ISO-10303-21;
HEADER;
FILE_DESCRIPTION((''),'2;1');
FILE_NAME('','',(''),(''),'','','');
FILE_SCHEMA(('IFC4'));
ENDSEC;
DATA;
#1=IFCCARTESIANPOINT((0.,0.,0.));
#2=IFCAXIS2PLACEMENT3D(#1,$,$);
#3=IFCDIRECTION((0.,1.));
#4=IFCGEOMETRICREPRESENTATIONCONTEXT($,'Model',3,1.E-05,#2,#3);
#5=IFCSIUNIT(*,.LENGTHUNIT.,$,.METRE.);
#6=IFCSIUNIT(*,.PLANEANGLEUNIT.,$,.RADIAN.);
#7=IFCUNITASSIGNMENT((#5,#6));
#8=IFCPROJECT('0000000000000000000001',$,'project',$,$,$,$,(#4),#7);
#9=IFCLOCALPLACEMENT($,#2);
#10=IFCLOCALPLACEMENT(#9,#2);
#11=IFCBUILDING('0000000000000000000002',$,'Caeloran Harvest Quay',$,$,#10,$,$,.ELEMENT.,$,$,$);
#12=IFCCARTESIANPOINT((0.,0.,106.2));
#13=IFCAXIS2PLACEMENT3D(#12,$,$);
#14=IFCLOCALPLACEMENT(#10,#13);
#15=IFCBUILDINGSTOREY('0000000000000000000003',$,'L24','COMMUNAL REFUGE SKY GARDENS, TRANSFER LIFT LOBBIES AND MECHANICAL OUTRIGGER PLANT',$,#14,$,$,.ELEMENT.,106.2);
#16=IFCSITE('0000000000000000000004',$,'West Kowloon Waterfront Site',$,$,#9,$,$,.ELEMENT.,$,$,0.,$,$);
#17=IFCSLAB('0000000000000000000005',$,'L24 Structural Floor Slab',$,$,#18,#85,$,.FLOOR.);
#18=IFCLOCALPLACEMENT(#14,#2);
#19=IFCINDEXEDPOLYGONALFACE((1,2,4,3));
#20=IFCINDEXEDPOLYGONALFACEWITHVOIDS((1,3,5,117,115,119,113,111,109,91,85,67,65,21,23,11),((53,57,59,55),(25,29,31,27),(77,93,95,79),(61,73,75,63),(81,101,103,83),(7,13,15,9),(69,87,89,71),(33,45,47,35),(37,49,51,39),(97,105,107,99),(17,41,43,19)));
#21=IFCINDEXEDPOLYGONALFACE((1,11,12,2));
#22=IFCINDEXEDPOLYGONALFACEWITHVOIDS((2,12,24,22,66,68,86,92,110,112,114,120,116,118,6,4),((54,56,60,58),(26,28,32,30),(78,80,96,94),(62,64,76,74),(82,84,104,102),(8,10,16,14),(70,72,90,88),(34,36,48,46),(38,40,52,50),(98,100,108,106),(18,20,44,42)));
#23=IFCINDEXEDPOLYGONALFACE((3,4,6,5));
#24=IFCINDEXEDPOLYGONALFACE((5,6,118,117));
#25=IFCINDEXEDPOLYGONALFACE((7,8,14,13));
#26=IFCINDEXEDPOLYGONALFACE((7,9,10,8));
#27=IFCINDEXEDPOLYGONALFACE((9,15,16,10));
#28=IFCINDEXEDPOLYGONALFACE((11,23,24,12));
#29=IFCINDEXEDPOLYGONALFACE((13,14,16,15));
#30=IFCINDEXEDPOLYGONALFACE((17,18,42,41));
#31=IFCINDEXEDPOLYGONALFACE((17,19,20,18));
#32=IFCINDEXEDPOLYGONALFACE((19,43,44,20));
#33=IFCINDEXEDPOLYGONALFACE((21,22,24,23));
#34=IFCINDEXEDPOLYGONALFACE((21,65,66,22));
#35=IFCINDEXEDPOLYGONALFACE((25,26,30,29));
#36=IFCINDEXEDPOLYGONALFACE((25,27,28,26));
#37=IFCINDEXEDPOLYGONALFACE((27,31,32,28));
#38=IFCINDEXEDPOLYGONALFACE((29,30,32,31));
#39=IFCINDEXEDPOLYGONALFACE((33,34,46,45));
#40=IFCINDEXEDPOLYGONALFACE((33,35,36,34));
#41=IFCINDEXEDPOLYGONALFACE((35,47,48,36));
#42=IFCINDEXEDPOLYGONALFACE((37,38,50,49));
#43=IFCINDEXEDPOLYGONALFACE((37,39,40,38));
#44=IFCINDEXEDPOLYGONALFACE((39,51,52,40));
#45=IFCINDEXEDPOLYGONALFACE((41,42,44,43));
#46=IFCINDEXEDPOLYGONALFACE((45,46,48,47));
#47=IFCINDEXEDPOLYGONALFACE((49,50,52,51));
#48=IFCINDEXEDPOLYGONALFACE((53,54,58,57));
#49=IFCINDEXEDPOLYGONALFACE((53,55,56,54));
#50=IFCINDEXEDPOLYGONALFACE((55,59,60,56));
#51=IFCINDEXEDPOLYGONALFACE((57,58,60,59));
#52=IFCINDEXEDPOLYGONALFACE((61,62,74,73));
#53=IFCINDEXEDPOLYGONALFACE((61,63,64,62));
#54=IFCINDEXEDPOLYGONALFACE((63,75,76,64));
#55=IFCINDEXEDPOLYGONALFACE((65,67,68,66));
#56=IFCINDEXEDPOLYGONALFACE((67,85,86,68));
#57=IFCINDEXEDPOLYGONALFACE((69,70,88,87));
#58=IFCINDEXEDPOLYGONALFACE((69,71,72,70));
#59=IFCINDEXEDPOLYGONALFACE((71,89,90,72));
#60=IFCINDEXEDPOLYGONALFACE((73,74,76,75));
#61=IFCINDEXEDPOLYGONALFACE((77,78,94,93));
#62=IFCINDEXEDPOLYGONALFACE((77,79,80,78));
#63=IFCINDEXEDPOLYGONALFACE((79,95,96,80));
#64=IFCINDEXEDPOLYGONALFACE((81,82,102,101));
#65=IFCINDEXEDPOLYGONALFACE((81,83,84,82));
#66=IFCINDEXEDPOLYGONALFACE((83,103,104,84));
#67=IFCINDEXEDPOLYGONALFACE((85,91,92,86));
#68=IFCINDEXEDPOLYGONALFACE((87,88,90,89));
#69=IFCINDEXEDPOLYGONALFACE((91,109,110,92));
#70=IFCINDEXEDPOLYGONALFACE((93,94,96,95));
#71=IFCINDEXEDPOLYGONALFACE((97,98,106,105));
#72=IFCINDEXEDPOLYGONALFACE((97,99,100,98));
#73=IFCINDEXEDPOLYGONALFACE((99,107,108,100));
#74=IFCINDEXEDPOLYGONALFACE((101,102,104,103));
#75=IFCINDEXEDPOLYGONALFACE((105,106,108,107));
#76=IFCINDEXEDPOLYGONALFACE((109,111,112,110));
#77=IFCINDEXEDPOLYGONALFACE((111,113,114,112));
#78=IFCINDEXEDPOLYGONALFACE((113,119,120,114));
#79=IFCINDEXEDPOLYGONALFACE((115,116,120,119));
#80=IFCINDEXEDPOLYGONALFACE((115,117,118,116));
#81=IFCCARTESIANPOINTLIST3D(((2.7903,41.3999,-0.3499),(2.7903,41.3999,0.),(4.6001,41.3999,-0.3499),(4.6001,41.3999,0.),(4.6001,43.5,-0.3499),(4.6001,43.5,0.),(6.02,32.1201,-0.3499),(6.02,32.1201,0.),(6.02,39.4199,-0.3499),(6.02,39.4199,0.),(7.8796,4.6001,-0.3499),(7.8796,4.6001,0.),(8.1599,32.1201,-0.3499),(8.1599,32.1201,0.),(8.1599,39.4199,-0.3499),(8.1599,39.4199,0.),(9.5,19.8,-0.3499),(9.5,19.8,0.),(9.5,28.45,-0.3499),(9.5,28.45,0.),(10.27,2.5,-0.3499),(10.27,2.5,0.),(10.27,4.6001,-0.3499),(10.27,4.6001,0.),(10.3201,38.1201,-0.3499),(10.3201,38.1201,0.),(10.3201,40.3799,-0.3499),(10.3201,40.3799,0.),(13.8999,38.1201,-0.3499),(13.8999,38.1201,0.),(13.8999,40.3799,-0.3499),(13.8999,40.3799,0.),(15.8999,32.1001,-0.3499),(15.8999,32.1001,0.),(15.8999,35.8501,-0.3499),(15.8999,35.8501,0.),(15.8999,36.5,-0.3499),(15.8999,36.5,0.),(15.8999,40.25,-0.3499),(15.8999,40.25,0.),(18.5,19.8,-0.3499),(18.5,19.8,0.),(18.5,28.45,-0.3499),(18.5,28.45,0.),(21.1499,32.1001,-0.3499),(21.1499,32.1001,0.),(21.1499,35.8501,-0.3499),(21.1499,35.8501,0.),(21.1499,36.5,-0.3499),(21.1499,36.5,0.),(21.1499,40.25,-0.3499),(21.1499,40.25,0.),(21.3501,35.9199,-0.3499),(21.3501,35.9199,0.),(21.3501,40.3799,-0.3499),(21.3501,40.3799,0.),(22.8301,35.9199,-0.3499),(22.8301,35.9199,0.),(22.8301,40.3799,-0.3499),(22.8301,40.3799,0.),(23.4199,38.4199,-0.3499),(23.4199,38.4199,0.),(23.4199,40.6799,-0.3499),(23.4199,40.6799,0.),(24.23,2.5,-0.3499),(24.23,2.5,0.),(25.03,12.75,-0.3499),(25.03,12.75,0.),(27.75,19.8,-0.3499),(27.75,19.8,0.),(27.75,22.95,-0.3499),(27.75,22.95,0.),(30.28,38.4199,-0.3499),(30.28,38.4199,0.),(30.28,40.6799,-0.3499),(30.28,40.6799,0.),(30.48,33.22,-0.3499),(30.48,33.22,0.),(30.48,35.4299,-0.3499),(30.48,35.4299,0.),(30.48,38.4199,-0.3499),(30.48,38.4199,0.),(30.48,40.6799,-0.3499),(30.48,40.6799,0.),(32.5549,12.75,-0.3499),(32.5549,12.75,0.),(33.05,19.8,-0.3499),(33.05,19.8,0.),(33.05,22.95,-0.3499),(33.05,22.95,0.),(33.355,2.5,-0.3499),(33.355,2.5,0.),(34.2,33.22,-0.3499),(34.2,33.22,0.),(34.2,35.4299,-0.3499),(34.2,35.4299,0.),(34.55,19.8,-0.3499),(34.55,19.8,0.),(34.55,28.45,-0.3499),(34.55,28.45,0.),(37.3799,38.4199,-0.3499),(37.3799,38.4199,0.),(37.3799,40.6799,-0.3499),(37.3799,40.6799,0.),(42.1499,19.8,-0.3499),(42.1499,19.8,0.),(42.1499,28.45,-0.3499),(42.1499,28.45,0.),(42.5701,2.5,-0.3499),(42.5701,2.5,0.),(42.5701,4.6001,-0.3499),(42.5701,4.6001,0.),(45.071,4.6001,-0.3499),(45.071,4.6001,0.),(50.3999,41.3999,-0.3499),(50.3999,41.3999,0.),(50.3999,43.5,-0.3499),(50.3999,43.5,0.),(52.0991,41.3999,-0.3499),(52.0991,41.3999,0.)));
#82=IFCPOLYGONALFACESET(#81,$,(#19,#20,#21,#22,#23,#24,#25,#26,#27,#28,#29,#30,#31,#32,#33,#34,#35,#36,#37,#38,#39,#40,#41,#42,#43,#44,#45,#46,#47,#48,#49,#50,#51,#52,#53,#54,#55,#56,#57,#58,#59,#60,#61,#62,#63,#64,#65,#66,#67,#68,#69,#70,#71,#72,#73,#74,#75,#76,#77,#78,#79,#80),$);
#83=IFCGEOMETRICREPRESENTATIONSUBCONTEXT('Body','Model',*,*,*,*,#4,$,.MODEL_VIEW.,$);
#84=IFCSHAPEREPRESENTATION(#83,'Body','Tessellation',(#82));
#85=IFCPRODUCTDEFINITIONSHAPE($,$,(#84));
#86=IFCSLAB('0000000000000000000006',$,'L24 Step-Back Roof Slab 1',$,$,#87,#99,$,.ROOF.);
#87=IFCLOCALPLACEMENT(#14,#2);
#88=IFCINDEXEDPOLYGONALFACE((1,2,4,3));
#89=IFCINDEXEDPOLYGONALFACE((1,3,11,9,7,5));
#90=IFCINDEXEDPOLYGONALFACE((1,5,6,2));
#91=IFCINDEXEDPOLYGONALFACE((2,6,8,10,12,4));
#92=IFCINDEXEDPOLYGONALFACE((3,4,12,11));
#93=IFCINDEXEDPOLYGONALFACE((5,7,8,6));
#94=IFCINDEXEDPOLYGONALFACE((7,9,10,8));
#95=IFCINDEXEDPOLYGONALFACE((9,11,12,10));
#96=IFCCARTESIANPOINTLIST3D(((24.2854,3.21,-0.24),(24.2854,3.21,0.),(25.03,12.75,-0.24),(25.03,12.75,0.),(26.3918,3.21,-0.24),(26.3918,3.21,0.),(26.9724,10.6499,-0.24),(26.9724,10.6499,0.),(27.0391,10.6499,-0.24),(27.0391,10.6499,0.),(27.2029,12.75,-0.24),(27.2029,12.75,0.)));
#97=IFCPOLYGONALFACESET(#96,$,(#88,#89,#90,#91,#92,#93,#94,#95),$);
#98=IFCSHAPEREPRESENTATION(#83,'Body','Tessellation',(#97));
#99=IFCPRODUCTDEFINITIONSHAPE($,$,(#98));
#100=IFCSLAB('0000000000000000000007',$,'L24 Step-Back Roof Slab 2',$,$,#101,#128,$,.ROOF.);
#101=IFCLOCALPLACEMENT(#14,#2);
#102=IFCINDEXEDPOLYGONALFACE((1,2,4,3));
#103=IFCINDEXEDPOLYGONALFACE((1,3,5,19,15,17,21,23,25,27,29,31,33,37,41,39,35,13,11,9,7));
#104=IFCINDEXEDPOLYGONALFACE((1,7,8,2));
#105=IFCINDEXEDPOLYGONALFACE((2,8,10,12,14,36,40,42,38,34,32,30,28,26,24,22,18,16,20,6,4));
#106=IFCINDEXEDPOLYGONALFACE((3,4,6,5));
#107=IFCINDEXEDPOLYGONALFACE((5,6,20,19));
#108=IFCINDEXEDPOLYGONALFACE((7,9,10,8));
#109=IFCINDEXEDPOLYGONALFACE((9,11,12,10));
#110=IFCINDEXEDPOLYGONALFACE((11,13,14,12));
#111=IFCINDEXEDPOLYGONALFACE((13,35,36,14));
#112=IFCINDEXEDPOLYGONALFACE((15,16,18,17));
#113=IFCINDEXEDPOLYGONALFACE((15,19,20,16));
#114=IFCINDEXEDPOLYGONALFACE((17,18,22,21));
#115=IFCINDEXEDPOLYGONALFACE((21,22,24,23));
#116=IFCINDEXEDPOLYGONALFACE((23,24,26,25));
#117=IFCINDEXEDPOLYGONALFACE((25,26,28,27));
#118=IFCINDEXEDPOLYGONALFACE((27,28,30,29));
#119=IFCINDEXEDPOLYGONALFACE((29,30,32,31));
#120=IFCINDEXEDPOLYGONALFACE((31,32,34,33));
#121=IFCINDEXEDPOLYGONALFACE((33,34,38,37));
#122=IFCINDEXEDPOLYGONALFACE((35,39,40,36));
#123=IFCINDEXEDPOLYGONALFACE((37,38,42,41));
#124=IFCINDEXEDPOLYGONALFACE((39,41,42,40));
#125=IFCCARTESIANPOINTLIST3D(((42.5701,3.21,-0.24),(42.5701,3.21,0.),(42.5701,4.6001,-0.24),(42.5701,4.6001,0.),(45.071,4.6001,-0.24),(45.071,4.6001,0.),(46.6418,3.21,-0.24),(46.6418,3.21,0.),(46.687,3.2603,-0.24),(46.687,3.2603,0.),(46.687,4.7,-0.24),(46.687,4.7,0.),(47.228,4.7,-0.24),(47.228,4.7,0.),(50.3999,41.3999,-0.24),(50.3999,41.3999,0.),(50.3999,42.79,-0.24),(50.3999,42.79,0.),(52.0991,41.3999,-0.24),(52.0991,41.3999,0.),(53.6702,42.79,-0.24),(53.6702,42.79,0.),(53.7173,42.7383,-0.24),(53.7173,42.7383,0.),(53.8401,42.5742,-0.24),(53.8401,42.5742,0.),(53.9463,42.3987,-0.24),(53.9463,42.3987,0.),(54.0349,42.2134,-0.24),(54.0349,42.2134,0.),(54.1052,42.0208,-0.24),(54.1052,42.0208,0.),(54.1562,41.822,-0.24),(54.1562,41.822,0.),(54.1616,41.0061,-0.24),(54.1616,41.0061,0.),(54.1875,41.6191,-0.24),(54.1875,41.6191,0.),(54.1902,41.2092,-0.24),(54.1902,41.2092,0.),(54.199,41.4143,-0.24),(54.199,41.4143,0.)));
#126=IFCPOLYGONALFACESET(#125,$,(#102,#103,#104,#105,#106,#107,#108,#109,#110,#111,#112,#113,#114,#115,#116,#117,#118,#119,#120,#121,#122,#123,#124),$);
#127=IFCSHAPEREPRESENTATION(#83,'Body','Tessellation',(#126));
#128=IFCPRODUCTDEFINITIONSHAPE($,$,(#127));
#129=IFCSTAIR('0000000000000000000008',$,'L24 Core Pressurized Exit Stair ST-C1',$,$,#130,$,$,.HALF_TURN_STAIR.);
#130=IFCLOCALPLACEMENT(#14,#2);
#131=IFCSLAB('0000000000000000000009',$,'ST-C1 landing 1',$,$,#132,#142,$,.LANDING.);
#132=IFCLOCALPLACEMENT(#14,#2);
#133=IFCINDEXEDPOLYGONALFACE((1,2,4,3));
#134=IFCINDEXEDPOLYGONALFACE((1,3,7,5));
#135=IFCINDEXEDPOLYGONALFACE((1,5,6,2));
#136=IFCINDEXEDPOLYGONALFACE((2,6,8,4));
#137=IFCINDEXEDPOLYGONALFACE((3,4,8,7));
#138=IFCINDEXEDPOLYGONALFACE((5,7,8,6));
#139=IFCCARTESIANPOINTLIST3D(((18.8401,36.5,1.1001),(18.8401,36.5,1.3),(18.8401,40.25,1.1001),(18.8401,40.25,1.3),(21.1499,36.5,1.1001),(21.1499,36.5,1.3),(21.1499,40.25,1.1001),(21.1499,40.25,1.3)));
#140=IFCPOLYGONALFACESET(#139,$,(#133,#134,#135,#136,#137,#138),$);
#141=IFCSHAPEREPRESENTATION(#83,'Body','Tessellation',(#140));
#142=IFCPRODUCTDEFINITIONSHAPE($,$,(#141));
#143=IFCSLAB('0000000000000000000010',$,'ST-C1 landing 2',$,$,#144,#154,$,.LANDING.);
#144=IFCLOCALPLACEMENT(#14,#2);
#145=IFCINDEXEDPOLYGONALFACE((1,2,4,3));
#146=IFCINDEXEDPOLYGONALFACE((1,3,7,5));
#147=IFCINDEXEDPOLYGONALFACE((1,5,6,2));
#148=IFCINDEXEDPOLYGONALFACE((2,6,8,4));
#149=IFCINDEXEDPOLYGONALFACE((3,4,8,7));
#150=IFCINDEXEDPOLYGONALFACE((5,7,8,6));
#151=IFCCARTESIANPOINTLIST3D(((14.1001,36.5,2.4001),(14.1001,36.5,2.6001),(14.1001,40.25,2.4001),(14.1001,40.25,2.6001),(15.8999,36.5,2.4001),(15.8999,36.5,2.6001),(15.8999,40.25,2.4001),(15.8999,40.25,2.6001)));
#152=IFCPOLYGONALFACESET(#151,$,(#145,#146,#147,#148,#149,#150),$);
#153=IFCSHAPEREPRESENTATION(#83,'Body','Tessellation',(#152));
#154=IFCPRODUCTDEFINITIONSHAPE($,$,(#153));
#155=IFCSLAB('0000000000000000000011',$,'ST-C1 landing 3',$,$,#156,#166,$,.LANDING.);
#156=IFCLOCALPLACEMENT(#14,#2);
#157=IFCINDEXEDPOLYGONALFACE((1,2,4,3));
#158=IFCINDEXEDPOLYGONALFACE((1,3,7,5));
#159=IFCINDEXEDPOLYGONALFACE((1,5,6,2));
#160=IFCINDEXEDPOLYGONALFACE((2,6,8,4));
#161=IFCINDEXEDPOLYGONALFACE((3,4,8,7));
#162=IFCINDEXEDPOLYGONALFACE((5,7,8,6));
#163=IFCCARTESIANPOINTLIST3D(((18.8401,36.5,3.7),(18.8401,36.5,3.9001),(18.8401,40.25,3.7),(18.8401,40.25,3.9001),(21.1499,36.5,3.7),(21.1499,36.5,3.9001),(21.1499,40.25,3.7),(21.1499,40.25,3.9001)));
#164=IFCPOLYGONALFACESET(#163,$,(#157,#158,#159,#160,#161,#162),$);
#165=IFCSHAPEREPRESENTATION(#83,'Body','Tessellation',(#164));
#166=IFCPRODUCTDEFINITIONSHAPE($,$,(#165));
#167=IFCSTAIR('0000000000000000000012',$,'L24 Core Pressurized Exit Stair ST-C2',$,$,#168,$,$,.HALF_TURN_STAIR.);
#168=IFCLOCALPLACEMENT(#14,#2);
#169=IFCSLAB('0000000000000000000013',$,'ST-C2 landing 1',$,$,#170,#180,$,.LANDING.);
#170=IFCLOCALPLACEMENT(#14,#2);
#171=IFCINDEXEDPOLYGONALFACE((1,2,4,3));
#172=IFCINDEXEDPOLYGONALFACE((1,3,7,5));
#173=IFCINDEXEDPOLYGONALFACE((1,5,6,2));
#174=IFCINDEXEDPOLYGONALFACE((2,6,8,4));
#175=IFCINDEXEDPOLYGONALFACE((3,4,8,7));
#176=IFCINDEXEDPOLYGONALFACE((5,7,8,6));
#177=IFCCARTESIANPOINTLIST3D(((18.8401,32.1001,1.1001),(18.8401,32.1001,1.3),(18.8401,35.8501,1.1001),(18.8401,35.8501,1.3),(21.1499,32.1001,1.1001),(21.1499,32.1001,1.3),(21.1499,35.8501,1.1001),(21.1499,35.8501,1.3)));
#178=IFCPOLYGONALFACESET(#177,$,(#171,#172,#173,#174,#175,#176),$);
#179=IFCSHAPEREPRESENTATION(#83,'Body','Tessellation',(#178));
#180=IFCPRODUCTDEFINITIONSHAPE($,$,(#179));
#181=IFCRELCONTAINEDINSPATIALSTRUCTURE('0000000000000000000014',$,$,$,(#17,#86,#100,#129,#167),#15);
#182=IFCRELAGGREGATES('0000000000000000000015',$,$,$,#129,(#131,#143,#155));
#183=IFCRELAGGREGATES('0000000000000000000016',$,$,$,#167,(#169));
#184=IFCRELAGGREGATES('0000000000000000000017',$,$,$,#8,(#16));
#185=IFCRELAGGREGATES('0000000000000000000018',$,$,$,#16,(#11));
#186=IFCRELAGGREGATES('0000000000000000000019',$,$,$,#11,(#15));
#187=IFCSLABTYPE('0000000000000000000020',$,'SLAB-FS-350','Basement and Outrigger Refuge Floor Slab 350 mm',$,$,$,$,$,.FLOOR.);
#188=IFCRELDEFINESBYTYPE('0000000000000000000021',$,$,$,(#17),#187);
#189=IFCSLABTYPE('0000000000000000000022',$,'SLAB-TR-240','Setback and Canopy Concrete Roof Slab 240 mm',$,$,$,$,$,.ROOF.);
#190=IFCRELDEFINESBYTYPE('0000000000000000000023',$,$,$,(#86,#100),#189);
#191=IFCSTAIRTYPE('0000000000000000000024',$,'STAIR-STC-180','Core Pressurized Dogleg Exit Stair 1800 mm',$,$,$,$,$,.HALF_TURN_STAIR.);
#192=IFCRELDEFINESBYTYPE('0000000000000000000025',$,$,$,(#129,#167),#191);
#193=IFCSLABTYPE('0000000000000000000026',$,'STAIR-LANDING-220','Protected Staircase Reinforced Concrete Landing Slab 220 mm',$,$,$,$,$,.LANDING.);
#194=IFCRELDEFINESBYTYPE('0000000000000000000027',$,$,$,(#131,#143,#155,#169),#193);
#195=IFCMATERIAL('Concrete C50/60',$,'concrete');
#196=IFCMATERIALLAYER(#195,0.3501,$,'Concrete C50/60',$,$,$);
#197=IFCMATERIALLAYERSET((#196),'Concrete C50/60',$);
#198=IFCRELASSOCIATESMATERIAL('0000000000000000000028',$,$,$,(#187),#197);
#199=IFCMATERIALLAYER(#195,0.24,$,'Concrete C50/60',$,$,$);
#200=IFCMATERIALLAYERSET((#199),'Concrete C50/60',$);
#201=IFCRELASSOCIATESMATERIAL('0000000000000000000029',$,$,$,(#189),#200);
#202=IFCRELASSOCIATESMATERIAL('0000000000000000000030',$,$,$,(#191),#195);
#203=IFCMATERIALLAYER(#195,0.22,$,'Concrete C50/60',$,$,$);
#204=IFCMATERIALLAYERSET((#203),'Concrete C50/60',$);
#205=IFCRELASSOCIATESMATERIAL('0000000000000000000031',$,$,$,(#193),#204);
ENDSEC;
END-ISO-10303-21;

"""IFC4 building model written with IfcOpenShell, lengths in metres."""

from ifc_helpers import new_model, si_unit, direction, frame, origin, place, context, subcontext, project, spatial, polyline, outline, extrude, material, layer, layer_set, type_object, element, aggregate, save


model = new_model("IFC4")

# Units and contexts
model_context = context("Model", 3, precision=1e-05, world=origin(), true_north=direction((0.0, 1.0)))
body_context = subcontext(model_context, "Body", "Model", "MODEL_VIEW")
ifc_project = project(units=[si_unit("LENGTHUNIT", "METRE"), si_unit("PLANEANGLEUNIT", "RADIAN")], contexts=[model_context])

# Site, building, storey
site_placement = place(None, origin())
site = spatial("IfcSite", under=ifc_project, at=site_placement, Name="West Kowloon Waterfront Site", CompositionType="ELEMENT", RefElevation=0.0)
building_placement = place(site_placement, origin())
building = spatial("IfcBuilding", under=site, at=building_placement, Name="Caeloran Harvest Quay", CompositionType="ELEMENT")
storey_placement = place(building_placement, frame((0.0, 0.0, 106.2)))
storey = spatial("IfcBuildingStorey", under=building, at=storey_placement, Name="L24", Description="COMMUNAL REFUGE SKY GARDENS, TRANSFER LIFT LOBBIES AND MECHANICAL OUTRIGGER PLANT", CompositionType="ELEMENT", Elevation=106.2)

# Slabs
ifc_material_1 = material(Name="Concrete C50/60", Category="concrete")
ifc_layer_1 = layer(ifc_material_1, 0.3501, Name="Concrete C50/60")
ifc_layer_set_1 = layer_set([ifc_layer_1], Name="Concrete C50/60")
slab_type_1 = type_object("IfcSlabType", Name="SLAB-FS-350", Description="Basement and Outrigger Refuge Floor Slab 350 mm", PredefinedType="FLOOR", material=ifc_layer_set_1)
slab_1_placement = place(storey_placement, frame((0.0, 0.0, -0.3499)))
element("IfcSlab", 1, at=slab_1_placement, inside=storey, type_object=slab_type_1, Name="L24 Structural Floor Slab", PredefinedType="FLOOR", context=body_context, shape_type="SweptSolid", body=[
    extrude(outline(polyline([(10.27, 2.5), (24.23, 2.5), (25.03, 12.75), (32.5549, 12.75), (33.355, 2.5), (42.5701, 2.5), (42.5701, 4.6001), (45.071, 4.6001), (52.0991, 41.3999), (50.3999, 41.3999), (50.3999, 43.5), (4.6001, 43.5), (4.6001, 41.3999), (2.7903, 41.3999), (7.8796, 4.6001), (10.27, 4.6001), (10.27, 2.5)]), holes=[polyline([(18.5, 19.8), (9.5, 19.8), (9.5, 28.45), (18.5, 28.45), (18.5, 19.8)]), polyline([(15.8999, 32.1001), (15.8999, 35.8501), (21.1499, 35.8501), (21.1499, 32.1001), (15.8999, 32.1001)]), polyline([(8.1599, 32.1201), (6.02, 32.1201), (6.02, 39.4199), (8.1599, 39.4199), (8.1599, 32.1201)]), polyline([(21.3501, 35.9199), (21.3501, 40.3799), (22.8301, 40.3799), (22.8301, 35.9199), (21.3501, 35.9199)]), polyline([(15.8999, 40.25), (21.1499, 40.25), (21.1499, 36.5), (15.8999, 36.5), (15.8999, 40.25)]), polyline([(13.8999, 38.1201), (10.3201, 38.1201), (10.3201, 40.3799), (13.8999, 40.3799), (13.8999, 38.1201)]), polyline([(27.75, 22.95), (33.05, 22.95), (33.05, 19.8), (27.75, 19.8), (27.75, 22.95)]), polyline([(34.55, 19.8), (34.55, 28.45), (42.1499, 28.45), (42.1499, 19.8), (34.55, 19.8)]), polyline([(34.2, 33.22), (30.48, 33.22), (30.48, 35.4299), (34.2, 35.4299), (34.2, 33.22)]), polyline([(23.4199, 38.4199), (23.4199, 40.6799), (30.28, 40.6799), (30.28, 38.4199), (23.4199, 38.4199)]), polyline([(30.48, 38.4199), (30.48, 40.6799), (37.3799, 40.6799), (37.3799, 38.4199), (30.48, 38.4199)])]), origin(), (0.0, 0.0, 1.0), 0.3499),
])
ifc_layer_2 = layer(ifc_material_1, 0.24, Name="Concrete C50/60")
ifc_layer_set_2 = layer_set([ifc_layer_2], Name="Concrete C50/60")
slab_type_2 = type_object("IfcSlabType", Name="SLAB-TR-240", Description="Setback and Canopy Concrete Roof Slab 240 mm", PredefinedType="ROOF", material=ifc_layer_set_2)
slab_2_placement = place(storey_placement, frame((0.0, 0.0, -0.24)))
element("IfcSlab", 2, at=slab_2_placement, inside=storey, type_object=slab_type_2, Name="L24 Step-Back Roof Slab 1", PredefinedType="ROOF", context=body_context, shape_type="SweptSolid", body=[
    extrude(outline(polyline([(25.03, 12.75), (27.2029, 12.75), (27.0391, 10.6499), (26.9724, 10.6499), (26.3918, 3.21), (24.2854, 3.21), (25.03, 12.75)])), origin(), (0.0, 0.0, 1.0), 0.24),
])
slab_3_placement = place(storey_placement, frame((0.0, 0.0, -0.24)))
element("IfcSlab", 3, at=slab_3_placement, inside=storey, type_object=slab_type_2, Name="L24 Step-Back Roof Slab 2", PredefinedType="ROOF", context=body_context, shape_type="SweptSolid", body=[
    extrude(outline(polyline([(53.7173, 42.7383), (53.8401, 42.5742), (53.9463, 42.3987), (54.0349, 42.2134), (54.1052, 42.0208), (54.1562, 41.822), (54.1875, 41.6191), (54.199, 41.4143), (54.1902, 41.2092), (54.1616, 41.0061), (47.228, 4.7), (46.687, 4.7), (46.687, 3.2603), (46.6418, 3.21), (42.5701, 3.21), (42.5701, 4.6001), (45.071, 4.6001), (52.0991, 41.3999), (50.3999, 41.3999), (50.3999, 42.79), (53.6702, 42.79), (53.7173, 42.7383)])), origin(), (0.0, 0.0, 1.0), 0.24),
])

# Stairs, slabs
stair_type_1 = type_object("IfcStairType", Name="STAIR-STC-180", Description="Core Pressurized Dogleg Exit Stair 1800 mm", PredefinedType="HALF_TURN_STAIR", material=ifc_material_1)
stair_1_placement = place(storey_placement, origin())
stair_1 = element("IfcStair", 4, at=stair_1_placement, inside=storey, type_object=stair_type_1, Name="L24 Core Pressurized Exit Stair ST-C1", PredefinedType="HALF_TURN_STAIR")
ifc_layer_3 = layer(ifc_material_1, 0.22, Name="Concrete C50/60")
ifc_layer_set_3 = layer_set([ifc_layer_3], Name="Concrete C50/60")
slab_type_3 = type_object("IfcSlabType", Name="STAIR-LANDING-220", Description="Protected Staircase Reinforced Concrete Landing Slab 220 mm", PredefinedType="LANDING", material=ifc_layer_set_3)
slab_4_placement = place(storey_placement, frame((0.0, 0.0, 1.1001)))
slab_4 = element("IfcSlab", 5, at=slab_4_placement, type_object=slab_type_3, Name="ST-C1 landing 1", PredefinedType="LANDING", context=body_context, shape_type="SweptSolid", body=[
    extrude(outline(polyline([(18.8401, 36.5), (21.1499, 36.5), (21.1499, 40.25), (18.8401, 40.25), (18.8401, 36.5)])), origin(), (0.0, 0.0, 1.0), 0.2),
])
slab_5_placement = place(storey_placement, frame((0.0, 0.0, 2.4001)))
slab_5 = element("IfcSlab", 6, at=slab_5_placement, type_object=slab_type_3, Name="ST-C1 landing 2", PredefinedType="LANDING", context=body_context, shape_type="SweptSolid", body=[
    extrude(outline(polyline([(14.1001, 36.5), (15.8999, 36.5), (15.8999, 40.25), (14.1001, 40.25), (14.1001, 36.5)])), origin(), (0.0, 0.0, 1.0), 0.2),
])
slab_6_placement = place(storey_placement, frame((0.0, 0.0, 3.7)))
slab_6 = element("IfcSlab", 7, at=slab_6_placement, type_object=slab_type_3, Name="ST-C1 landing 3", PredefinedType="LANDING", context=body_context, shape_type="SweptSolid", body=[
    extrude(outline(polyline([(18.8401, 36.5), (21.1499, 36.5), (21.1499, 40.25), (18.8401, 40.25), (18.8401, 36.5)])), origin(), (0.0, 0.0, 1.0), 0.2002),
])
aggregate(stair_1, [slab_4, slab_5, slab_6])
stair_2_placement = place(storey_placement, origin())
stair_2 = element("IfcStair", 8, at=stair_2_placement, inside=storey, type_object=stair_type_1, Name="L24 Core Pressurized Exit Stair ST-C2", PredefinedType="HALF_TURN_STAIR")
slab_7_placement = place(storey_placement, frame((0.0, 0.0, 1.1001)))
slab_7 = element("IfcSlab", 9, at=slab_7_placement, type_object=slab_type_3, Name="ST-C2 landing 1", PredefinedType="LANDING", context=body_context, shape_type="SweptSolid", body=[
    extrude(outline(polyline([(18.8401, 32.1001), (21.1499, 32.1001), (21.1499, 35.8501), (18.8401, 35.8501), (18.8401, 32.1001)])), origin(), (0.0, 0.0, 1.0), 0.2),
])
aggregate(stair_2, [slab_7])

save(model, "model.ifc")
